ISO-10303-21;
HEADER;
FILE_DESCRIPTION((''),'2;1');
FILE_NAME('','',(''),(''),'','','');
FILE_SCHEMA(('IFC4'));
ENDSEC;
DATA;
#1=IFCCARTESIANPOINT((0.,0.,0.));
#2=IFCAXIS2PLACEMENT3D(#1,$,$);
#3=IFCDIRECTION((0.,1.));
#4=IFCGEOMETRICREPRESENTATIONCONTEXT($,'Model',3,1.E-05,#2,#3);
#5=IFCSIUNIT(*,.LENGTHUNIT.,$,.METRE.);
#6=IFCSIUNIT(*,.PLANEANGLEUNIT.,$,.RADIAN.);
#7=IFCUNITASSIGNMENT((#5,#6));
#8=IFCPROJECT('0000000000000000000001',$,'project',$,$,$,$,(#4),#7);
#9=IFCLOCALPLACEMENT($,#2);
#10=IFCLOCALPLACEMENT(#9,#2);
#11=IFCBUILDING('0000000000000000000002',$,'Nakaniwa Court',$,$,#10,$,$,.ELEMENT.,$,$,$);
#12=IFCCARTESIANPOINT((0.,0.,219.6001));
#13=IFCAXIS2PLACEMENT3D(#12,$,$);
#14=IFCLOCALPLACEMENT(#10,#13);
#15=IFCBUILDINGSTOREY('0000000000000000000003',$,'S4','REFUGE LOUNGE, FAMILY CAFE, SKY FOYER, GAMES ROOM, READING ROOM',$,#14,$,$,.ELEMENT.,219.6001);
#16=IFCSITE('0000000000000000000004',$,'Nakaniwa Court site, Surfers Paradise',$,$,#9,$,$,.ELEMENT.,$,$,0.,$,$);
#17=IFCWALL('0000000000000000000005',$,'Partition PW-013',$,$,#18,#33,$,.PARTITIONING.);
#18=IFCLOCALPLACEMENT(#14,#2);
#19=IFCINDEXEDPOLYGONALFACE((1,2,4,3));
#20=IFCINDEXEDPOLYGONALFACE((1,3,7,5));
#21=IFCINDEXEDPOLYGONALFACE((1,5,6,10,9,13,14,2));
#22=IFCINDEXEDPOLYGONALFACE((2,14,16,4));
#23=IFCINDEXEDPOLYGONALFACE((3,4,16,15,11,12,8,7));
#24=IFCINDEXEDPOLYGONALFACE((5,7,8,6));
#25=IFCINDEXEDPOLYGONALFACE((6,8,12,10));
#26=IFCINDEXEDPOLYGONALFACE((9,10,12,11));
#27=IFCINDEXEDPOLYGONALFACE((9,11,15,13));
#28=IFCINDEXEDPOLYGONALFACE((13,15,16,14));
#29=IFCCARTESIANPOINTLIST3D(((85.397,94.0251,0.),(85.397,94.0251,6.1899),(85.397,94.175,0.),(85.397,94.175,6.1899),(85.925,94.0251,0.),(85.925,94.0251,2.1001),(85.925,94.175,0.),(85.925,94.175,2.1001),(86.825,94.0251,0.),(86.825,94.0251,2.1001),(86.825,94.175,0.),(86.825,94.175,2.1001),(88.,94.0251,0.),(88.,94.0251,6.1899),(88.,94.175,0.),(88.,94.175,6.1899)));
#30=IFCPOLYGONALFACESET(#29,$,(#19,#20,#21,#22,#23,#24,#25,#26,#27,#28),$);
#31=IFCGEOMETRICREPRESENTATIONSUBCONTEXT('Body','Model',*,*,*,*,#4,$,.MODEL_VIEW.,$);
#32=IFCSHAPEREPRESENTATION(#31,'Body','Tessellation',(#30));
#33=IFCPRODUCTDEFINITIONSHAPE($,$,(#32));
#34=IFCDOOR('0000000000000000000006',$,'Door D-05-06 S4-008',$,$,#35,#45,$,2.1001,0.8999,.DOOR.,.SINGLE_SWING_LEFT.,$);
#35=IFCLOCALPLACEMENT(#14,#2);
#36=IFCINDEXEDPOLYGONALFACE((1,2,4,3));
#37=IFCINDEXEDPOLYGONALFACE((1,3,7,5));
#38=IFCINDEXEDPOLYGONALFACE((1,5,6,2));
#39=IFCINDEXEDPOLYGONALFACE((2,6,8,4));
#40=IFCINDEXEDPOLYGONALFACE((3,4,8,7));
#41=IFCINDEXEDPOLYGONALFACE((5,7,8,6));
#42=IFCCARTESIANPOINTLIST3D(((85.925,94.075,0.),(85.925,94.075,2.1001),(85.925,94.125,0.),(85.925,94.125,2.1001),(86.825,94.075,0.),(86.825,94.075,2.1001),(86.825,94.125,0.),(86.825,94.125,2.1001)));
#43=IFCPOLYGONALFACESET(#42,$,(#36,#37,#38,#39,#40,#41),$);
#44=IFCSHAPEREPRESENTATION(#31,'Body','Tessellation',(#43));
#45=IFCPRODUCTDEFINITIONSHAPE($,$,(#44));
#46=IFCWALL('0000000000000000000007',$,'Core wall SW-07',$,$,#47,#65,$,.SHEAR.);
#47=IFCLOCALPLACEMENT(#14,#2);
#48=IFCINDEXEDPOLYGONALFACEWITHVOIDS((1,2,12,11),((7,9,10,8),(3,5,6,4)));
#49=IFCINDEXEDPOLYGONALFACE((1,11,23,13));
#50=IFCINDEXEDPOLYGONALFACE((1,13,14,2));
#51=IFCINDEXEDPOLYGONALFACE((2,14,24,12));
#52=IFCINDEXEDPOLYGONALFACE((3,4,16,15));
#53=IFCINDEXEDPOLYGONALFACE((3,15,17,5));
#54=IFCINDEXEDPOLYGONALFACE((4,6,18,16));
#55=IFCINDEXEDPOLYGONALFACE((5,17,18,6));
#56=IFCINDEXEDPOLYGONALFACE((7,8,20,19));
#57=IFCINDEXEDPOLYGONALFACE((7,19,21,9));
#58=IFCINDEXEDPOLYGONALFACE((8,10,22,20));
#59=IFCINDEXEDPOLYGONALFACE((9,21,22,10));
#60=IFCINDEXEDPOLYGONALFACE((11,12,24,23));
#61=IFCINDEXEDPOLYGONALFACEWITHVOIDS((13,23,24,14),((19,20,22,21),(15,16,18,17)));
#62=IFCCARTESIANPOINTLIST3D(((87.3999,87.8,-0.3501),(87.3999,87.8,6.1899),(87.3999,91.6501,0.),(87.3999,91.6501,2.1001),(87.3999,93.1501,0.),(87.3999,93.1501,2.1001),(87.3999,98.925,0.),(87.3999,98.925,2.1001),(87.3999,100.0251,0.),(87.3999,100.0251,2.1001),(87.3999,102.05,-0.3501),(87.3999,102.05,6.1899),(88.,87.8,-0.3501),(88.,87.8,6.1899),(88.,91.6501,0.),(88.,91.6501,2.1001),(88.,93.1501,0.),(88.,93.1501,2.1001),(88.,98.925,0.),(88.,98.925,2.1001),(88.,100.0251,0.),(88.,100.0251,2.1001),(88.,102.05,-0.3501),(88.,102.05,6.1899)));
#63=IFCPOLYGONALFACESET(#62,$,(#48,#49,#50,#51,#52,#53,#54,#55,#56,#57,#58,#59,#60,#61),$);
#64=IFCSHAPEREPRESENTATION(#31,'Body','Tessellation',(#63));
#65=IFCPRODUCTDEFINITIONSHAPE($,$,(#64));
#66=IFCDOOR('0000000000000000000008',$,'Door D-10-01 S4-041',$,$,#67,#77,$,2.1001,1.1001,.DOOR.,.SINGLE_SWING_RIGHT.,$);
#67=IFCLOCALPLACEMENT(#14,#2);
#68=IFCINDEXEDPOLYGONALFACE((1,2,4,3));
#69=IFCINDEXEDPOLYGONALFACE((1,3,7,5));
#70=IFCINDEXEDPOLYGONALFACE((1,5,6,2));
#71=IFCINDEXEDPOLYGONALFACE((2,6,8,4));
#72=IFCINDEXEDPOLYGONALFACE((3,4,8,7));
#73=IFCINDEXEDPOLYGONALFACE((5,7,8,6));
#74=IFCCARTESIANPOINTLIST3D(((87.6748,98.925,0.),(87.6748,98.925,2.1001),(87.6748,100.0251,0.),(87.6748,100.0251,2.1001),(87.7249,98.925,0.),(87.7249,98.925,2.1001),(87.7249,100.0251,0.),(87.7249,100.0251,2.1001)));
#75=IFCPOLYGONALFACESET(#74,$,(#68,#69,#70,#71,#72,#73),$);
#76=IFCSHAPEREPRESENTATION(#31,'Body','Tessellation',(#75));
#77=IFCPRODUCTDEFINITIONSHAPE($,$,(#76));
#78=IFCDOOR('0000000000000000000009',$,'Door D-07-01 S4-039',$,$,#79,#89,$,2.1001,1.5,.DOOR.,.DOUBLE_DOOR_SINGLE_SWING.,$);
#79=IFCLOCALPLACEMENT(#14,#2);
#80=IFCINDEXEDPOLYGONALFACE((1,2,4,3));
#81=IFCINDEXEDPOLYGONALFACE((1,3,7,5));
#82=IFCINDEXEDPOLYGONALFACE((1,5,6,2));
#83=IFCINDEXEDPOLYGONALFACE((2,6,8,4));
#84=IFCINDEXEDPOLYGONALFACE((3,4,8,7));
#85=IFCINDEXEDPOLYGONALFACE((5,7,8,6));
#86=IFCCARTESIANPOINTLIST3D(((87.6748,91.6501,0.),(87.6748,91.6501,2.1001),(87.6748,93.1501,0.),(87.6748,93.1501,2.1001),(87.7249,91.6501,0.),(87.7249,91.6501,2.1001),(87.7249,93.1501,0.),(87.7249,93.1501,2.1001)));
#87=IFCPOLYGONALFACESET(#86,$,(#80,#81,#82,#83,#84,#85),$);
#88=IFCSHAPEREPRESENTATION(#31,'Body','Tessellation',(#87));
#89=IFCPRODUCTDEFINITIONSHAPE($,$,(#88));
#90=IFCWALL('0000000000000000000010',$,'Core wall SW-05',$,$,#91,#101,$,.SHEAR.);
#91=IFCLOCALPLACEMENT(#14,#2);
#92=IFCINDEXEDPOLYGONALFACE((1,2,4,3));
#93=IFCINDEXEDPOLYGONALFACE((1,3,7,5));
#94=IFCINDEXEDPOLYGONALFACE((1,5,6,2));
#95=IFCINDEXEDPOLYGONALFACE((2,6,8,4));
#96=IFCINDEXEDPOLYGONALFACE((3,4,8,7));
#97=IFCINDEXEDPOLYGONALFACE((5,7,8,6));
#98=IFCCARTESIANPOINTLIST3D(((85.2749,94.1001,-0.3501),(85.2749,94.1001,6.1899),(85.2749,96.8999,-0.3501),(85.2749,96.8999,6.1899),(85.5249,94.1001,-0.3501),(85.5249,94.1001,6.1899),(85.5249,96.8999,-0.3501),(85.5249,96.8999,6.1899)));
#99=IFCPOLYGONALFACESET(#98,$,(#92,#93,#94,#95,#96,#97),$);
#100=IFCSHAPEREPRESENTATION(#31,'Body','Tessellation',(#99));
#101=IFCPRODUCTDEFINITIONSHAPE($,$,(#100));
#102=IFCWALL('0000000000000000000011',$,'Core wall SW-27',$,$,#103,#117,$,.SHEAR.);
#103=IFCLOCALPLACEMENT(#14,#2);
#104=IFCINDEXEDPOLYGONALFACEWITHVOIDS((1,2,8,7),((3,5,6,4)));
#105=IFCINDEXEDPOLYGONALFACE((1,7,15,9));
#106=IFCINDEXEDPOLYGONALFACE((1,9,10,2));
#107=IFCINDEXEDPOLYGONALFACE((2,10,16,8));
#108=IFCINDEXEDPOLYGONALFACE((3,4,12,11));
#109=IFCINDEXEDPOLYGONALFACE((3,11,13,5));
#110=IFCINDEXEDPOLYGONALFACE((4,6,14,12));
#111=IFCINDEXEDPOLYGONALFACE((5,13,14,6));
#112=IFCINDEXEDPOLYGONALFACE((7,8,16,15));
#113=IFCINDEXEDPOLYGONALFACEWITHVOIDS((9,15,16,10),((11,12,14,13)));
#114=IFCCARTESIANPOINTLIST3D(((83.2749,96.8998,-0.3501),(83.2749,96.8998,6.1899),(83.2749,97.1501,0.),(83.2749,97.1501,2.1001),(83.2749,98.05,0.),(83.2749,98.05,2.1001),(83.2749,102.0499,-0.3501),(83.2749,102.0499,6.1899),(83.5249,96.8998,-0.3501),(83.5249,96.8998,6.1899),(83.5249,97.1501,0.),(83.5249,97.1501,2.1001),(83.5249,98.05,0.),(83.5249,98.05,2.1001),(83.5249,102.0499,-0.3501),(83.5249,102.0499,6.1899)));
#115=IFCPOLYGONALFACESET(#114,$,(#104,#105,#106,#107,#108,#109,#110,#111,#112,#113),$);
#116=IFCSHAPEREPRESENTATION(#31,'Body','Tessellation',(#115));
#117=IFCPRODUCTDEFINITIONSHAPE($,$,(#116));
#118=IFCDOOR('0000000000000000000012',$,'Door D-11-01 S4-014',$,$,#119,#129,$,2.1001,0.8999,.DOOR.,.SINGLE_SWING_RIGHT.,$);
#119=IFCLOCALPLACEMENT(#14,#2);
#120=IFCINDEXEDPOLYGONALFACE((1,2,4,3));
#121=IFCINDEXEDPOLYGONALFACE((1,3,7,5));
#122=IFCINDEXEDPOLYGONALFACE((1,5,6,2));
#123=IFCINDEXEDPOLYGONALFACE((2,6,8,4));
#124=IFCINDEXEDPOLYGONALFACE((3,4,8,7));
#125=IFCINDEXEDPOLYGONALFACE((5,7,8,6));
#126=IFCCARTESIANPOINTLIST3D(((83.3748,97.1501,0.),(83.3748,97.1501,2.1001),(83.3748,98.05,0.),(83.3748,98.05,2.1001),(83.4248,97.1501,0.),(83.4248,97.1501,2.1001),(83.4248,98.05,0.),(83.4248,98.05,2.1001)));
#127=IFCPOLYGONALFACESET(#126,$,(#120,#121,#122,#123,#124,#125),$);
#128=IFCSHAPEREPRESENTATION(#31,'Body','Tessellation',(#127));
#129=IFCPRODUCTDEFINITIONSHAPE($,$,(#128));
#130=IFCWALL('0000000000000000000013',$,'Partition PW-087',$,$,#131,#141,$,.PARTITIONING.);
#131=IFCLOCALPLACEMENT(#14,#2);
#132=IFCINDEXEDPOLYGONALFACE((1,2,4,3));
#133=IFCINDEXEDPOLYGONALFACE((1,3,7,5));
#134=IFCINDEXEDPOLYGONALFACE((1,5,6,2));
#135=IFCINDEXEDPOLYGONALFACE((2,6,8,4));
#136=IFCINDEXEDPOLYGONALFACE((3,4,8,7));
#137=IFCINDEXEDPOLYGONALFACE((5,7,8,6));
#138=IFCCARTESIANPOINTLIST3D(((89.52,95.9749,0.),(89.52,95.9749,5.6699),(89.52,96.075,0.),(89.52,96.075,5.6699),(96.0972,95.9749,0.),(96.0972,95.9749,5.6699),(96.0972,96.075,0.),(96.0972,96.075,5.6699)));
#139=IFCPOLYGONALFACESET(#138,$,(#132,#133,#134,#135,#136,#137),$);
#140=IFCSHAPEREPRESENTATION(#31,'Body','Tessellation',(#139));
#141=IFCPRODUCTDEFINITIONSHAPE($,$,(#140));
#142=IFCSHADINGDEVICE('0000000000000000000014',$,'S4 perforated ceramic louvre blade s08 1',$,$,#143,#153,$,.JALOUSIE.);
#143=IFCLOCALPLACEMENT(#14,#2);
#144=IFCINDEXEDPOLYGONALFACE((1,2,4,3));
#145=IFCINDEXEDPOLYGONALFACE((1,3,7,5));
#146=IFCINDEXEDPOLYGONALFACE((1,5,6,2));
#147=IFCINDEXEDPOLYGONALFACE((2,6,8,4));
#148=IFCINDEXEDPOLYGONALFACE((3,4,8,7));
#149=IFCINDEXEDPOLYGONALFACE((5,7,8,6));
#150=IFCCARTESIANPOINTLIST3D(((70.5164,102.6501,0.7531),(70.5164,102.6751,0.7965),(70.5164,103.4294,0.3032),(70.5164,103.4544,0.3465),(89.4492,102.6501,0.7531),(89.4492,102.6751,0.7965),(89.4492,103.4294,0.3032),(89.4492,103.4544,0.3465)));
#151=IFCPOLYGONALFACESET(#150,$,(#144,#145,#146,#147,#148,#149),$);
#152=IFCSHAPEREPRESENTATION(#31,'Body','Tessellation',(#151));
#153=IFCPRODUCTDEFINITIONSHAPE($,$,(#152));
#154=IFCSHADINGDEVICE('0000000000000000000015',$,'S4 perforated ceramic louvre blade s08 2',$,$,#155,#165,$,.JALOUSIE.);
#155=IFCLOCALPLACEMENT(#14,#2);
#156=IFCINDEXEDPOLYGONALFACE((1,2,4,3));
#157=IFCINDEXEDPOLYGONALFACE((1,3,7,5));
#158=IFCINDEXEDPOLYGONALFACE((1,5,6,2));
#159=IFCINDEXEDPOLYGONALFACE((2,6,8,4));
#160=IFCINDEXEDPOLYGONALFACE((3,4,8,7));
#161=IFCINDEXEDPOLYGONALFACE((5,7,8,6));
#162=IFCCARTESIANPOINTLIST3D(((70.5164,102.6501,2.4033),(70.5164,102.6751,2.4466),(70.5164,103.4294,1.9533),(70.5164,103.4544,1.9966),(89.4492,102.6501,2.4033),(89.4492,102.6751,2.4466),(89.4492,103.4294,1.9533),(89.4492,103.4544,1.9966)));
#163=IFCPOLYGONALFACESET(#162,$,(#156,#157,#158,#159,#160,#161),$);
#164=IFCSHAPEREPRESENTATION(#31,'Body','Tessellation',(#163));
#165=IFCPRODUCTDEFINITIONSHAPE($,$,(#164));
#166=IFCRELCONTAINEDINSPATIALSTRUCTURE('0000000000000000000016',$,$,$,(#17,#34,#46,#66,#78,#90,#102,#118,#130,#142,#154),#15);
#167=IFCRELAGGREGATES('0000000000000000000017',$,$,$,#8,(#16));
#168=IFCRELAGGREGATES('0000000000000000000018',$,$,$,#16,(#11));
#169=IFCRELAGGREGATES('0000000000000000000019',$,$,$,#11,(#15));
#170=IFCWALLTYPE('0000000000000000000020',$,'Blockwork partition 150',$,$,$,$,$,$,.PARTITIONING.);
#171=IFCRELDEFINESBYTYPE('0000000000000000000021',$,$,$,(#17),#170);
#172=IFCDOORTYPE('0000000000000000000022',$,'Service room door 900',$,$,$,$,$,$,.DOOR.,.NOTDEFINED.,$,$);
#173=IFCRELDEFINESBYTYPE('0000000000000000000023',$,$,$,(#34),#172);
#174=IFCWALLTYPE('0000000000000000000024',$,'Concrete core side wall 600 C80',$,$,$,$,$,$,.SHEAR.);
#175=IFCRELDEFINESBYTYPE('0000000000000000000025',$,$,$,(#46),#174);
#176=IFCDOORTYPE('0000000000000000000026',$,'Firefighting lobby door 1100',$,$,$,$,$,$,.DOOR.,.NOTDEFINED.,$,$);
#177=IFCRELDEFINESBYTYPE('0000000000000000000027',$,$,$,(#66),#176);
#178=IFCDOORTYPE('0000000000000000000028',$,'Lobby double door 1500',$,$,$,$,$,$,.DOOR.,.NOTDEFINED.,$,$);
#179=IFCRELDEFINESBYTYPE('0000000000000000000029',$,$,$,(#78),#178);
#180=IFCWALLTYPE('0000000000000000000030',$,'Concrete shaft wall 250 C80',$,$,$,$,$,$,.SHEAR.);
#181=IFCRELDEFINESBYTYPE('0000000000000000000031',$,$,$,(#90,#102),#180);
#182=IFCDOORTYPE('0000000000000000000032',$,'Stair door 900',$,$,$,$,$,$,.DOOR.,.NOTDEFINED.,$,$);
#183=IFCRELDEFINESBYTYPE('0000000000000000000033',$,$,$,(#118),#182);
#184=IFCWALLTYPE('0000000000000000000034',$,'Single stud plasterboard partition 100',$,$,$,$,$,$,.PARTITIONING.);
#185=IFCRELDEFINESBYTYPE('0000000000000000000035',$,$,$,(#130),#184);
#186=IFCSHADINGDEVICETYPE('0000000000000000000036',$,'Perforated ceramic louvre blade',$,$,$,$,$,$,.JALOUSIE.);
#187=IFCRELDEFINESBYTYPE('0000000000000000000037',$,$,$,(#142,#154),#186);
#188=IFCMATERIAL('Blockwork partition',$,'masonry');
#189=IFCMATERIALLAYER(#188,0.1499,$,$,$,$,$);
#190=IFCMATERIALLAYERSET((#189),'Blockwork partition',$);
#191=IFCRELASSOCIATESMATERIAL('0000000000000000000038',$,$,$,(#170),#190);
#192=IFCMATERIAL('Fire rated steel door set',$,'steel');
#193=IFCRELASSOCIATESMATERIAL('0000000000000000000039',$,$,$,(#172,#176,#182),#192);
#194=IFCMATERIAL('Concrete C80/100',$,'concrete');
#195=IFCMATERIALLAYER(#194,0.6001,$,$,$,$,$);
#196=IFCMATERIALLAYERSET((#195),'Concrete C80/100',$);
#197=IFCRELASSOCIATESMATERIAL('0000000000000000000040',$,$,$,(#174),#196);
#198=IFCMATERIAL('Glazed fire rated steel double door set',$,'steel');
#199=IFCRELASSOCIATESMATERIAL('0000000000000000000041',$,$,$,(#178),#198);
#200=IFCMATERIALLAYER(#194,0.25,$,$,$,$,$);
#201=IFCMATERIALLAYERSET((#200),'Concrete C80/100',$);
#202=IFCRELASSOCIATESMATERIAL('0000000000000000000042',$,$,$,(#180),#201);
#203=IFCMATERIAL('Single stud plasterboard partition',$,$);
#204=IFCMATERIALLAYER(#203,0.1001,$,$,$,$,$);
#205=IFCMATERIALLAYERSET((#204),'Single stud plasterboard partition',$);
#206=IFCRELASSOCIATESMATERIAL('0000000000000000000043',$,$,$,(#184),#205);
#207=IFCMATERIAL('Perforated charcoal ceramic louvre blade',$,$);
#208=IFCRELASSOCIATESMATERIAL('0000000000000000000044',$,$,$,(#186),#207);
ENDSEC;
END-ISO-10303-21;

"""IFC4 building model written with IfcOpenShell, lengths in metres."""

from ifc_helpers import new_model, si_unit, direction, frame, frame_2d, origin, origin_2d, place, context, subcontext, project, spatial, rectangle, extrude, material, layer, layer_set, material_profile, profile_set, type_object, element, fill, save


model = new_model("IFC4")

# Units and contexts
model_context = context("Model", 3, precision=1e-05, world=origin(), true_north=direction((0.0, 1.0)))
body_context = subcontext(model_context, "Body", "Model", "MODEL_VIEW")
ifc_project = project(units=[si_unit("LENGTHUNIT", "METRE"), si_unit("PLANEANGLEUNIT", "RADIAN")], contexts=[model_context])

# Site, building, storey
site_placement = place(None, origin())
site = spatial("IfcSite", under=ifc_project, at=site_placement, Name="Nakaniwa Court site, Surfers Paradise", CompositionType="ELEMENT", RefElevation=0.0)
building_placement = place(site_placement, origin())
building = spatial("IfcBuilding", under=site, at=building_placement, Name="Nakaniwa Court", CompositionType="ELEMENT")
storey_placement = place(building_placement, frame((0.0, 0.0, 219.6001)))
storey = spatial("IfcBuildingStorey", under=building, at=storey_placement, Name="S4", Description="REFUGE LOUNGE, FAMILY CAFE, SKY FOYER, GAMES ROOM, READING ROOM", CompositionType="ELEMENT", Elevation=219.6001)

# Shared definitions
ifc_material_1 = material(Name="Concrete C80/100", Category="concrete")

# Wall, opening, door
ifc_material_2 = material(Name="Blockwork partition", Category="masonry")
ifc_layer_1 = layer(ifc_material_2, 0.1499)
ifc_layer_set_1 = layer_set([ifc_layer_1], Name="Blockwork partition")
wall_type_1 = type_object("IfcWallType", Name="Blockwork partition 150", PredefinedType="PARTITIONING", material=ifc_layer_set_1)
wall_1_placement = place(storey_placement, frame((85.397, 94.1001, 0.0), z_axis=(0.0, 0.0, 1.0), x_axis=(1.0, 0.0, 0.0)))
wall_1 = element("IfcWall", 1, at=wall_1_placement, inside=storey, type_object=wall_type_1, Name="Partition PW-013", PredefinedType="PARTITIONING", context=body_context, shape_type="SweptSolid", body=[
    extrude(rectangle(XDim=2.603, YDim=0.1499, at=frame_2d((1.3015, 0.0))), origin(), (0.0, 0.0, 1.0), 6.1899),
])
opening_1_placement = place(wall_1_placement, frame((0.5281, 0.0, 0.0)))
opening_1 = element("IfcOpeningElement", 2, at=opening_1_placement, cuts=wall_1, PredefinedType="OPENING", context=body_context, shape_type="SweptSolid", body=[
    extrude(rectangle(XDim=0.8999, YDim=2.1001, at=frame_2d((0.45, 1.05))), frame((0.0, 0.085, 0.0), z_axis=(0.0, -1.0, 0.0), x_axis=(1.0, 0.0, 0.0)), (0.0, 0.0, 1.0), 0.1699),
])
ifc_material_3 = material(Name="Fire rated steel door set", Category="steel")
door_type_1 = type_object("IfcDoorType", Name="Service room door 900", OperationType="NOTDEFINED", PredefinedType="DOOR", material=ifc_material_3)
door_1_placement = place(opening_1_placement, origin())
door_1 = element("IfcDoor", 3, at=door_1_placement, inside=storey, type_object=door_type_1, Name="Door D-05-06 S4-008", OperationType="SINGLE_SWING_LEFT", OverallHeight=2.1001, OverallWidth=0.8999, PredefinedType="DOOR", context=body_context, shape_type="SweptSolid", body=[
    extrude(rectangle(XDim=0.8999, YDim=2.1001, at=frame_2d((0.45, 1.05))), frame((0.0, 0.0249, 0.0), z_axis=(0.0, -1.0, 0.0), x_axis=(1.0, 0.0, 0.0)), (0.0, 0.0, 1.0), 0.05),
])
fill(opening_1, door_1)

# Wall, openings, doors
ifc_layer_2 = layer(ifc_material_1, 0.6001)
ifc_layer_set_2 = layer_set([ifc_layer_2], Name="Concrete C80/100")
wall_type_2 = type_object("IfcWallType", Name="Concrete core side wall 600 C80", PredefinedType="SHEAR", material=ifc_layer_set_2)
wall_2_placement = place(storey_placement, frame((87.7, 102.05, -0.3501), z_axis=(0.0, 0.0, 1.0), x_axis=(0.0, -1.0, 0.0)))
wall_2 = element("IfcWall", 4, at=wall_2_placement, inside=storey, type_object=wall_type_2, Name="Core wall SW-07", PredefinedType="SHEAR", context=body_context, shape_type="SweptSolid", body=[
    extrude(rectangle(XDim=14.25, YDim=0.6001, at=frame_2d((7.125, 0.0))), origin(), (0.0, 0.0, 1.0), 6.54),
])
opening_2_placement = place(wall_2_placement, frame((8.8999, 0.0, 0.3501)))
opening_2 = element("IfcOpeningElement", 5, at=opening_2_placement, cuts=wall_2, PredefinedType="OPENING", context=body_context, shape_type="SweptSolid", body=[
    extrude(rectangle(XDim=1.5, YDim=2.1001, at=frame_2d((0.75, 1.05))), frame((0.0, 0.3101, 0.0), z_axis=(0.0, -1.0, 0.0), x_axis=(1.0, 0.0, 0.0)), (0.0, 0.0, 1.0), 0.6201),
])
opening_3_placement = place(wall_2_placement, frame((2.0249, 0.0, 0.3501)))
opening_3 = element("IfcOpeningElement", 6, at=opening_3_placement, cuts=wall_2, PredefinedType="OPENING", context=body_context, shape_type="SweptSolid", body=[
    extrude(rectangle(XDim=1.1001, YDim=2.1001, at=frame_2d((0.55, 1.05))), frame((0.0, 0.3101, 0.0), z_axis=(0.0, -1.0, 0.0), x_axis=(1.0, 0.0, 0.0)), (0.0, 0.0, 1.0), 0.6201),
])
door_type_2 = type_object("IfcDoorType", Name="Firefighting lobby door 1100", OperationType="NOTDEFINED", PredefinedType="DOOR", material=ifc_material_3)
door_2_placement = place(opening_3_placement, origin())
door_2 = element("IfcDoor", 7, at=door_2_placement, inside=storey, type_object=door_type_2, Name="Door D-10-01 S4-041", OperationType="SINGLE_SWING_RIGHT", OverallHeight=2.1001, OverallWidth=1.1001, PredefinedType="DOOR", context=body_context, shape_type="SweptSolid", body=[
    extrude(rectangle(XDim=1.1001, YDim=2.1001, at=frame_2d((0.55, 1.05))), frame((0.0, 0.0249, 0.0), z_axis=(0.0, -1.0, 0.0), x_axis=(1.0, 0.0, 0.0)), (0.0, 0.0, 1.0), 0.05),
])
fill(opening_3, door_2)
ifc_material_4 = material(Name="Glazed fire rated steel double door set", Category="steel")
door_type_3 = type_object("IfcDoorType", Name="Lobby double door 1500", OperationType="NOTDEFINED", PredefinedType="DOOR", material=ifc_material_4)
door_3_placement = place(opening_2_placement, origin())
door_3 = element("IfcDoor", 8, at=door_3_placement, inside=storey, type_object=door_type_3, Name="Door D-07-01 S4-039", OperationType="DOUBLE_DOOR_SINGLE_SWING", OverallHeight=2.1001, OverallWidth=1.5, PredefinedType="DOOR", context=body_context, shape_type="SweptSolid", body=[
    extrude(rectangle(XDim=1.5, YDim=2.1001, at=frame_2d((0.75, 1.05))), frame((0.0, 0.0249, 0.0), z_axis=(0.0, -1.0, 0.0), x_axis=(1.0, 0.0, 0.0)), (0.0, 0.0, 1.0), 0.05),
])
fill(opening_2, door_3)

# Wall
ifc_layer_3 = layer(ifc_material_1, 0.25)
ifc_layer_set_3 = layer_set([ifc_layer_3], Name="Concrete C80/100")
wall_type_3 = type_object("IfcWallType", Name="Concrete shaft wall 250 C80", PredefinedType="SHEAR", material=ifc_layer_set_3)
wall_3_placement = place(storey_placement, frame((85.3999, 94.1001, -0.3501), z_axis=(0.0, 0.0, 1.0), x_axis=(0.0, 1.0, 0.0)))
element("IfcWall", 9, at=wall_3_placement, inside=storey, type_object=wall_type_3, Name="Core wall SW-05", PredefinedType="SHEAR", context=body_context, shape_type="SweptSolid", body=[
    extrude(rectangle(XDim=2.7998, YDim=0.25, at=frame_2d((1.3999, 0.0))), origin(), (0.0, 0.0, 1.0), 6.54),
])

# Wall, opening, door
wall_4_placement = place(storey_placement, frame((83.3999, 102.05, -0.3501), z_axis=(0.0, 0.0, 1.0), x_axis=(0.0, -1.0, 0.0)))
wall_4 = element("IfcWall", 10, at=wall_4_placement, inside=storey, type_object=wall_type_3, Name="Core wall SW-27", PredefinedType="SHEAR", context=body_context, shape_type="SweptSolid", body=[
    extrude(rectangle(XDim=5.1501, YDim=0.25, at=frame_2d((2.5752, 0.0))), origin(), (0.0, 0.0, 1.0), 6.54),
])
opening_4_placement = place(wall_4_placement, frame((4.0, 0.0, 0.3501)))
opening_4 = element("IfcOpeningElement", 11, at=opening_4_placement, cuts=wall_4, PredefinedType="OPENING", context=body_context, shape_type="SweptSolid", body=[
    extrude(rectangle(XDim=0.8999, YDim=2.1001, at=frame_2d((0.45, 1.05))), frame((0.0, 0.135, 0.0), z_axis=(0.0, -1.0, 0.0), x_axis=(1.0, 0.0, 0.0)), (0.0, 0.0, 1.0), 0.27),
])
door_type_4 = type_object("IfcDoorType", Name="Stair door 900", OperationType="NOTDEFINED", PredefinedType="DOOR", material=ifc_material_3)
door_4_placement = place(opening_4_placement, origin())
door_4 = element("IfcDoor", 12, at=door_4_placement, inside=storey, type_object=door_type_4, Name="Door D-11-01 S4-014", OperationType="SINGLE_SWING_RIGHT", OverallHeight=2.1001, OverallWidth=0.8999, PredefinedType="DOOR", context=body_context, shape_type="SweptSolid", body=[
    extrude(rectangle(XDim=0.8999, YDim=2.1001, at=frame_2d((0.45, 1.05))), frame((0.0, 0.0249, 0.0), z_axis=(0.0, -1.0, 0.0), x_axis=(1.0, 0.0, 0.0)), (0.0, 0.0, 1.0), 0.05),
])
fill(opening_4, door_4)

# Wall
ifc_material_5 = material(Name="Single stud plasterboard partition")
ifc_layer_4 = layer(ifc_material_5, 0.1001)
ifc_layer_set_4 = layer_set([ifc_layer_4], Name="Single stud plasterboard partition")
wall_type_4 = type_object("IfcWallType", Name="Single stud plasterboard partition 100", PredefinedType="PARTITIONING", material=ifc_layer_set_4)
wall_5_placement = place(storey_placement, frame((89.52, 96.0249, 0.0), z_axis=(0.0, 0.0, 1.0), x_axis=(1.0, 0.0, 0.0)))
element("IfcWall", 13, at=wall_5_placement, inside=storey, type_object=wall_type_4, Name="Partition PW-087", PredefinedType="PARTITIONING", context=body_context, shape_type="SweptSolid", body=[
    extrude(rectangle(XDim=6.5771, YDim=0.1001, at=frame_2d((3.2886, 0.0))), origin(), (0.0, 0.0, 1.0), 5.6699),
])

# Shading devices
ifc_material_6 = material(Name="Perforated charcoal ceramic louvre blade")
ifc_material_profile_1 = material_profile(ifc_material_6, rectangle(XDim=0.8999, YDim=0.05, at=origin_2d()), Name="Perforated ceramic louvre blade")
ifc_profile_set_1 = profile_set([ifc_material_profile_1], Name="Perforated charcoal ceramic louvre blade")
shading_device_type = type_object("IfcShadingDeviceType", Name="Perforated ceramic louvre blade", PredefinedType="JALOUSIE", material=ifc_profile_set_1)
for number, where, z_axis, x_axis, name in (
    (14, (89.4492, 103.0522, 0.5498), (-1.0, 0.0, 0.0), (0.0, -0.866025, 0.5), "S4 perforated ceramic louvre blade s08 1"),
    (15, (89.4492, 103.0522, 2.2), (-1.0, 0.0, 0.0), (0.0, -0.866025, 0.5), "S4 perforated ceramic louvre blade s08 2"),
):
    element("IfcShadingDevice", number, at=place(storey_placement, frame(where, z_axis=z_axis, x_axis=x_axis)), inside=storey, type_object=shading_device_type, Name=name, PredefinedType="JALOUSIE", context=body_context, shape_type="SweptSolid", body=[
        extrude(rectangle(XDim=0.8999, YDim=0.05, at=origin_2d()), origin(), (0.0, 0.0, 1.0), 18.9329),
    ])

save(model, "model.ifc")
